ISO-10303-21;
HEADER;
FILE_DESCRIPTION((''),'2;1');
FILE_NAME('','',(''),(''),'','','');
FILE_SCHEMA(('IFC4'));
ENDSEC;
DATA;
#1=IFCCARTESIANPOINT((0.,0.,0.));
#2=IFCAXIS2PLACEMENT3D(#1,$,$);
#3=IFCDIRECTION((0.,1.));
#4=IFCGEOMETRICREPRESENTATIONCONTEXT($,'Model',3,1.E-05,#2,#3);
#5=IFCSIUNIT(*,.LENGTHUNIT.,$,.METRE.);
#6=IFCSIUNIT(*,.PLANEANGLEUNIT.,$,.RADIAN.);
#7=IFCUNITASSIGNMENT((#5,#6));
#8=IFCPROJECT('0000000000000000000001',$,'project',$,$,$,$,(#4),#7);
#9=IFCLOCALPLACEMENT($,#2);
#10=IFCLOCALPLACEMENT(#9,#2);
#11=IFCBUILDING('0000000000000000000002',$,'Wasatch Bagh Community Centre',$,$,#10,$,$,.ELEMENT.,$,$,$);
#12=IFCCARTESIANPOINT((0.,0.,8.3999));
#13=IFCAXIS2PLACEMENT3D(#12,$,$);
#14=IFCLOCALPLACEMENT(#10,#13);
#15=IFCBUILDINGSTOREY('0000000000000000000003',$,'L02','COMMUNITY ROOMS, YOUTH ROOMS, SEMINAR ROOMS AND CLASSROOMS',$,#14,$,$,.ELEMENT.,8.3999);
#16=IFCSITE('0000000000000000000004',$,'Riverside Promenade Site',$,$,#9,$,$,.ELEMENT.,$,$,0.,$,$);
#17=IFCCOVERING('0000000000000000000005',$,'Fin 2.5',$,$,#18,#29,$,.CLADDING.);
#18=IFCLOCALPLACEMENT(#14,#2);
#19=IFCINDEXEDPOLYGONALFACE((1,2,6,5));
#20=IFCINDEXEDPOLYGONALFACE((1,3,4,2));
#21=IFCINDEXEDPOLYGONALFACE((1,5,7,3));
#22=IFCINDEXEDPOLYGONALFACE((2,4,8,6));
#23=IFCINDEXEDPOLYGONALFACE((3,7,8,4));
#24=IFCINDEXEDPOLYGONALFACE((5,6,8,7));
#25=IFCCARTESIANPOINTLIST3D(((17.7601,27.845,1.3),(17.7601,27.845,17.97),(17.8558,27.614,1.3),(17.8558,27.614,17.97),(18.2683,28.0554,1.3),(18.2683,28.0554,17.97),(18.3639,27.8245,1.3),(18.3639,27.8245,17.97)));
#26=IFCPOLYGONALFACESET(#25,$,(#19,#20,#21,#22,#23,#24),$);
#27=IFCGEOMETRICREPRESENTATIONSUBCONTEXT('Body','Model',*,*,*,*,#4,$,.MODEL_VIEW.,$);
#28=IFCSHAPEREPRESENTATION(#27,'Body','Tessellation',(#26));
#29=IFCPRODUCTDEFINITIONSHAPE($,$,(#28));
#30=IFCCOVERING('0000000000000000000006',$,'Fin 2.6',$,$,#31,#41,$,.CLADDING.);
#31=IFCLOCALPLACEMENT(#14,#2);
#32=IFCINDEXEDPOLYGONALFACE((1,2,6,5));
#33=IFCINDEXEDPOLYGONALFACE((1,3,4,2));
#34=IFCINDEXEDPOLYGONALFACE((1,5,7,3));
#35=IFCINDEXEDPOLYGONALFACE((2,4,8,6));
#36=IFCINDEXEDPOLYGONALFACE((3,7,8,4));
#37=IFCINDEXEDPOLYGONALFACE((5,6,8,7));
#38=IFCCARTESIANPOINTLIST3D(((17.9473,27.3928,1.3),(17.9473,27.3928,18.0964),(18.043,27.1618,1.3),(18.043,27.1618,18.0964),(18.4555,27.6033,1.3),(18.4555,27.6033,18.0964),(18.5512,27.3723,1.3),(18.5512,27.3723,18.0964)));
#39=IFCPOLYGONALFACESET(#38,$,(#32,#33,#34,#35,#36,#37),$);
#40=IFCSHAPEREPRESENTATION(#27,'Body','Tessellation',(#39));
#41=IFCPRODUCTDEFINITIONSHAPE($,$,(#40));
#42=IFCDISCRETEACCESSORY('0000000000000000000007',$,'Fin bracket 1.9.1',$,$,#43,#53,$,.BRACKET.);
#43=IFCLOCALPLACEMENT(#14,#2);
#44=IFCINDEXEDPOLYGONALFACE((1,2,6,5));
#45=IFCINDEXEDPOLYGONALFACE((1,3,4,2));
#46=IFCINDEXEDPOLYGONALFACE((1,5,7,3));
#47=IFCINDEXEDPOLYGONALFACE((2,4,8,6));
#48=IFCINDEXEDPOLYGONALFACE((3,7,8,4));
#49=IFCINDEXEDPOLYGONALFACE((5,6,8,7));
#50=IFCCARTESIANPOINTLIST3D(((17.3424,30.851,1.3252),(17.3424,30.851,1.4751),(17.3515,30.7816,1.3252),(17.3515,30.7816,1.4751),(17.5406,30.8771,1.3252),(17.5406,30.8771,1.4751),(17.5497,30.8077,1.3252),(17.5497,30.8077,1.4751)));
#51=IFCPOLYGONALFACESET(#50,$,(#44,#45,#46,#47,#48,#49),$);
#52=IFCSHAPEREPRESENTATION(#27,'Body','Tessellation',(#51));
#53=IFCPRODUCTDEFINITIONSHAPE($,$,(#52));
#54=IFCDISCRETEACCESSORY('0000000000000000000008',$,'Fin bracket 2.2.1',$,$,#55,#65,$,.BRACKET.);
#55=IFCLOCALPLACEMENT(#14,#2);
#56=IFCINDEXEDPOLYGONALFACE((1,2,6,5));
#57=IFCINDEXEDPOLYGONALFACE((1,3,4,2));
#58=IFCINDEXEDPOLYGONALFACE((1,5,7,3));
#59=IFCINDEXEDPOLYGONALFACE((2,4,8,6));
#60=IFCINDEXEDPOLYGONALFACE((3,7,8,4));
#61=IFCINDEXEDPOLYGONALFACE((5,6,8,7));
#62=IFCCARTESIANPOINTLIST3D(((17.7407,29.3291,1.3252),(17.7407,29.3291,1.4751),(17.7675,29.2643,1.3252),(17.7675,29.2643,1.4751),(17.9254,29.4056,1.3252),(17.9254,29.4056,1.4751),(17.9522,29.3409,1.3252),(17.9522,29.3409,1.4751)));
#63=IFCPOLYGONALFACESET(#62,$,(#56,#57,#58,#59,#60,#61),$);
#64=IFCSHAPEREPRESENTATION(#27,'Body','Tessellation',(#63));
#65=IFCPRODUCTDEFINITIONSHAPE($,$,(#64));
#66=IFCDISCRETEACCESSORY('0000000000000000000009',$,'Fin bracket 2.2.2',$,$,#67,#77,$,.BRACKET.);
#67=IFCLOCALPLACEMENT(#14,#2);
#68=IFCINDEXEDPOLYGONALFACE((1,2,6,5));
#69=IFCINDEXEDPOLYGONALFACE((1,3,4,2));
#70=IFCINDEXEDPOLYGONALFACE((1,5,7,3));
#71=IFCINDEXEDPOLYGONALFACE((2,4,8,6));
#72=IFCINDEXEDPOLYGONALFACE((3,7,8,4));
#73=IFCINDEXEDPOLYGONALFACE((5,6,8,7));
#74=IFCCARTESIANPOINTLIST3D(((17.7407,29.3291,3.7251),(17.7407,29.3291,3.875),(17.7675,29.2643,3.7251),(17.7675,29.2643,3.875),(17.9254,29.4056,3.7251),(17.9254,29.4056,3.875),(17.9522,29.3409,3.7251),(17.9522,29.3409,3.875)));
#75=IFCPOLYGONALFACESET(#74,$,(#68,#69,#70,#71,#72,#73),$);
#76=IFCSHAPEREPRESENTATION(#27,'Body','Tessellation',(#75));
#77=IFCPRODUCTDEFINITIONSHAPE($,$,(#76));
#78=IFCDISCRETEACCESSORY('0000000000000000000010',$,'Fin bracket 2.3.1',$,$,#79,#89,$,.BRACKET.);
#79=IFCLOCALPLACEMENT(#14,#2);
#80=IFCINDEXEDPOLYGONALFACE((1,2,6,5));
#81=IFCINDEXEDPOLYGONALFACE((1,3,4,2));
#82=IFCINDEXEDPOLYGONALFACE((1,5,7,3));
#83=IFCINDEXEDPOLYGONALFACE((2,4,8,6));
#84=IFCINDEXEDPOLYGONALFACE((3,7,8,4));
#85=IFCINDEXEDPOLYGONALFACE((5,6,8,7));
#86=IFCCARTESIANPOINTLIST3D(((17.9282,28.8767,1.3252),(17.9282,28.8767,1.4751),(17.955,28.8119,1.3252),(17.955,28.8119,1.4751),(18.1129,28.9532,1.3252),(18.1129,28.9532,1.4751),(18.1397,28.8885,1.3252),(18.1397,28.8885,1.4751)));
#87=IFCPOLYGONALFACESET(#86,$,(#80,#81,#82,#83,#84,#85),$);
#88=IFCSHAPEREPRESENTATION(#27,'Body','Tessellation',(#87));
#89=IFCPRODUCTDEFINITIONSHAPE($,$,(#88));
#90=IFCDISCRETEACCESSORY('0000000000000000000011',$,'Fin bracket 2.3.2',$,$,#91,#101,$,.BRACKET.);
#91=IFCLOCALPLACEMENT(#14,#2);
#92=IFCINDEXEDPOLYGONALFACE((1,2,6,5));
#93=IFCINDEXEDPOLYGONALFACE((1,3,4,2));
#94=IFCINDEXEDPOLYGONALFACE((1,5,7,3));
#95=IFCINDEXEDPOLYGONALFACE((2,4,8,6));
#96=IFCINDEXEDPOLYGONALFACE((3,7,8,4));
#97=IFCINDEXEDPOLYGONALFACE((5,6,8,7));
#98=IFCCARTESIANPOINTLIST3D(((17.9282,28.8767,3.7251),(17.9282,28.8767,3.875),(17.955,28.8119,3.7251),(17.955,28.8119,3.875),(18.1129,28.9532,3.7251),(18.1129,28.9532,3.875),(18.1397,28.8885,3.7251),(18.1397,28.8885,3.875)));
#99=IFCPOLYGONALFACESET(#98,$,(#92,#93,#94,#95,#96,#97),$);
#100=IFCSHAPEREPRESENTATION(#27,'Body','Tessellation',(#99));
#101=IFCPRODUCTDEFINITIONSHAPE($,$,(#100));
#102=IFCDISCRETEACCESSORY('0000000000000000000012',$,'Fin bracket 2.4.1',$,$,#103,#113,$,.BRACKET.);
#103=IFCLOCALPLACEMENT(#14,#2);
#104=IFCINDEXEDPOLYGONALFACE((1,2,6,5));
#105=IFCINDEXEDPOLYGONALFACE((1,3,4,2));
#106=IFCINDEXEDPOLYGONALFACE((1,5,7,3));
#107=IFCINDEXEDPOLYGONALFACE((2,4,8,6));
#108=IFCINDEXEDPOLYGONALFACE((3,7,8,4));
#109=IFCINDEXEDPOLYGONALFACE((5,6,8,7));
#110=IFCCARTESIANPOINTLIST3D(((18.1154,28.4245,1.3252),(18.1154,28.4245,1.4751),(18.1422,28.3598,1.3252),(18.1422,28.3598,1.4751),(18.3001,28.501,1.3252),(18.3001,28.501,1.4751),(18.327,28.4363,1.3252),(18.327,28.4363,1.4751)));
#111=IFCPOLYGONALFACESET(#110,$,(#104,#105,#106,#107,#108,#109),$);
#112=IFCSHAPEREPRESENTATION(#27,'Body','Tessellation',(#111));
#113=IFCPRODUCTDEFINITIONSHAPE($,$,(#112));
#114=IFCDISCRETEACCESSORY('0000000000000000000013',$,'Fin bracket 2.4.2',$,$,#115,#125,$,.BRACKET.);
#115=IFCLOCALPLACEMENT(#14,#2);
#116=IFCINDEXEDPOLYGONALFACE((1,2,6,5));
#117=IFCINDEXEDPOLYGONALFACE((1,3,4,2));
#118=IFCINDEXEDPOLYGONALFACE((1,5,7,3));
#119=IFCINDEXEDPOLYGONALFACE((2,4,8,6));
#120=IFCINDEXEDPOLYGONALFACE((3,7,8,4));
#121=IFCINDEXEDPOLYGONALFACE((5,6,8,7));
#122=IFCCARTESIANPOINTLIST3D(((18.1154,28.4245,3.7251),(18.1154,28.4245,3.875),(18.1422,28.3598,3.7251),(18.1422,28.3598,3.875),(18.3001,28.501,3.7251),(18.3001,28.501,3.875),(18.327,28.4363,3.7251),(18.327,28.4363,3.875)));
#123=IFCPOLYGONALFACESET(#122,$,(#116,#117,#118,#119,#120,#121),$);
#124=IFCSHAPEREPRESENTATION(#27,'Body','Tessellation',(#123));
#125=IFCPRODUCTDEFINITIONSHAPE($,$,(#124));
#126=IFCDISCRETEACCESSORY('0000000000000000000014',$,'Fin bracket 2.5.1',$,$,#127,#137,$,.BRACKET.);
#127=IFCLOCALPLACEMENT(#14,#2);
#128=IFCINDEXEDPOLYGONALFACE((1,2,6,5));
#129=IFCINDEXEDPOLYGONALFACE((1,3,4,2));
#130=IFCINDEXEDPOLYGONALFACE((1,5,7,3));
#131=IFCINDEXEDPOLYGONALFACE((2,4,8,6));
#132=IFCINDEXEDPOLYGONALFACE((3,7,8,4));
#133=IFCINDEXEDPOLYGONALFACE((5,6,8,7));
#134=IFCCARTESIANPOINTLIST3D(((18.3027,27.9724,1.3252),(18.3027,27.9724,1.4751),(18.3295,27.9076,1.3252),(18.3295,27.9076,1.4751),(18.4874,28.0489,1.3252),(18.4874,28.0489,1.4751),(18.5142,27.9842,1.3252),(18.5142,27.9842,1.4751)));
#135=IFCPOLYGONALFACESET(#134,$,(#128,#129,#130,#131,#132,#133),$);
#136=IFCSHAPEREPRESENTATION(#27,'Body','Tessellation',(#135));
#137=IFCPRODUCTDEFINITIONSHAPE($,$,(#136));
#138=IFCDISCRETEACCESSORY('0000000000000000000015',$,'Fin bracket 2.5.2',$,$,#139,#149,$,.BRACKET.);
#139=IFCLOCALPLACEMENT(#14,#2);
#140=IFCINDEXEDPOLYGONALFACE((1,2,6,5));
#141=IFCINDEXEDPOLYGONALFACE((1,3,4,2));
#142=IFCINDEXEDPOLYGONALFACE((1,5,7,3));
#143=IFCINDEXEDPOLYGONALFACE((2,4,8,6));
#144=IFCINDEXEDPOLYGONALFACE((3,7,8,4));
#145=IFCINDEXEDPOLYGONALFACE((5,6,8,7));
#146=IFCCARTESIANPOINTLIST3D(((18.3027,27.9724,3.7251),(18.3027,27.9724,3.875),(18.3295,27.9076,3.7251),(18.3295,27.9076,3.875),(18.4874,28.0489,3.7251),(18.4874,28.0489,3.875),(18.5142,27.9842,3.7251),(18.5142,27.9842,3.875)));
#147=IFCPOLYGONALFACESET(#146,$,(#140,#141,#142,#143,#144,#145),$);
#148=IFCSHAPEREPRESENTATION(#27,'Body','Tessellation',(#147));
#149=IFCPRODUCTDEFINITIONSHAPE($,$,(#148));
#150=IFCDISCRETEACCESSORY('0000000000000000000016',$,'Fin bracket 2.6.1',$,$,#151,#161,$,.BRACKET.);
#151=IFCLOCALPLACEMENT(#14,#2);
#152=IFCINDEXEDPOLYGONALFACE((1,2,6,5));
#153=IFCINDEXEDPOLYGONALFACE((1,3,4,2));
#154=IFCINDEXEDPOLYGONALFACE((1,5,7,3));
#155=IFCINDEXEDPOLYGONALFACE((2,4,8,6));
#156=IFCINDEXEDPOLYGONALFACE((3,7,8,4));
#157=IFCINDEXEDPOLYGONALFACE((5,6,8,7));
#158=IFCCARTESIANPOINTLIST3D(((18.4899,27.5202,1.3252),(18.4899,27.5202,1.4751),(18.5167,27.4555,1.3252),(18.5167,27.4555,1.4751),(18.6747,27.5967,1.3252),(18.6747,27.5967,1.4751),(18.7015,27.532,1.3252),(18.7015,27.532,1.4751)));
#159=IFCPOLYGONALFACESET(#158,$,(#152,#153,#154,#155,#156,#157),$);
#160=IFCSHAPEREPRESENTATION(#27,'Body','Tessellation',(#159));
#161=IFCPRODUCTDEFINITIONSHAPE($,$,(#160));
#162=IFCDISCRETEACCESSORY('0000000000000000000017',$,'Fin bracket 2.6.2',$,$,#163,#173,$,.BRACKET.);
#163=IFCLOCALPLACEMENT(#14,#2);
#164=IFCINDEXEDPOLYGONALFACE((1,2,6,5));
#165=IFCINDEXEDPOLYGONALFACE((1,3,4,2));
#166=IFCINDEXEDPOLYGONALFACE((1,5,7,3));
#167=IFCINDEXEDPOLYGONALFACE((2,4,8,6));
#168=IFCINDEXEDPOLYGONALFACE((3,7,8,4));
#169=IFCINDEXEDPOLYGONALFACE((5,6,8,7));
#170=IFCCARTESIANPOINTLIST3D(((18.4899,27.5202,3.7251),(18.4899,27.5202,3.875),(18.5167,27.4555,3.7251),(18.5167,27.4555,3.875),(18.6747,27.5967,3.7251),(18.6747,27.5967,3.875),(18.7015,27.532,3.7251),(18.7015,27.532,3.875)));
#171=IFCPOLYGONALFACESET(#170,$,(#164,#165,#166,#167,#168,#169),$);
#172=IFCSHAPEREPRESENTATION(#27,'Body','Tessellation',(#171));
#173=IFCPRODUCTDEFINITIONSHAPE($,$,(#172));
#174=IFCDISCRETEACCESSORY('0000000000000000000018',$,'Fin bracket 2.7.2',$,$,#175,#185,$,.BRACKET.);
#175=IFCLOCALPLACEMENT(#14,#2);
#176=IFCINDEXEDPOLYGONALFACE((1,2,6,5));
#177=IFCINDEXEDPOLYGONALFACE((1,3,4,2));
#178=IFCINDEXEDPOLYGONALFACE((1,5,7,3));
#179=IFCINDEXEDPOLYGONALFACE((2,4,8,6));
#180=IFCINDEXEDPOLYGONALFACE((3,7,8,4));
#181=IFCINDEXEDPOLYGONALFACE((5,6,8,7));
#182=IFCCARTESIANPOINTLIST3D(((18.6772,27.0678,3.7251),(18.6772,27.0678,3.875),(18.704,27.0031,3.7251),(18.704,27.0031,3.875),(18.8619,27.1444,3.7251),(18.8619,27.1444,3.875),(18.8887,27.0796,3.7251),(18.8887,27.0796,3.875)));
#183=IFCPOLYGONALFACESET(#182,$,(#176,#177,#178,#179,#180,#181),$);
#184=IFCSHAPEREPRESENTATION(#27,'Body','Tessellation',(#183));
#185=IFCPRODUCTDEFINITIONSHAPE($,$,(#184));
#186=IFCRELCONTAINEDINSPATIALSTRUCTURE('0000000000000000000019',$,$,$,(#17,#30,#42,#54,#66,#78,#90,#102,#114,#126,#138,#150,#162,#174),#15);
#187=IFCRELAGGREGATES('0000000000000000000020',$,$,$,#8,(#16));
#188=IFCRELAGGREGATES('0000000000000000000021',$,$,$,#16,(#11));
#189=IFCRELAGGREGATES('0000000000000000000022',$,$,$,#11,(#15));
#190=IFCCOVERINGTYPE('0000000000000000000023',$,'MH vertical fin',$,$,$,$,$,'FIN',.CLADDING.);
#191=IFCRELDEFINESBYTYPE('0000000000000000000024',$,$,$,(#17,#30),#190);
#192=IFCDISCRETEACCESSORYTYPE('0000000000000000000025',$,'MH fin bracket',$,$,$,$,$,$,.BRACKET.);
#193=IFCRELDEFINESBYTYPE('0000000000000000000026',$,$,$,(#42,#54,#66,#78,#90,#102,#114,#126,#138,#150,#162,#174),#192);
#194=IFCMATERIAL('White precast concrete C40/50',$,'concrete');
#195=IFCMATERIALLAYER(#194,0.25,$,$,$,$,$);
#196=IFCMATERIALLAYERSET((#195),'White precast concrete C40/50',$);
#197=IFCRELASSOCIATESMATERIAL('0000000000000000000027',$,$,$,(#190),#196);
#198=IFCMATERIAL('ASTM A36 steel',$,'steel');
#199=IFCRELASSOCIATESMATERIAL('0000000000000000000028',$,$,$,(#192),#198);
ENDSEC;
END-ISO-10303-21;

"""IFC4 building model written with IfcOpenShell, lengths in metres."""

from ifc_helpers import new_model, si_unit, direction, frame, origin, origin_2d, place, context, subcontext, project, spatial, rectangle, extrude, material, layer, layer_set, type_object, element, save


model = new_model("IFC4")

# Units and contexts
model_context = context("Model", 3, precision=1e-05, world=origin(), true_north=direction((0.0, 1.0)))
body_context = subcontext(model_context, "Body", "Model", "MODEL_VIEW")
ifc_project = project(units=[si_unit("LENGTHUNIT", "METRE"), si_unit("PLANEANGLEUNIT", "RADIAN")], contexts=[model_context])

# Site, building, storey
site_placement = place(None, origin())
site = spatial("IfcSite", under=ifc_project, at=site_placement, Name="Riverside Promenade Site", CompositionType="ELEMENT", RefElevation=0.0)
building_placement = place(site_placement, origin())
building = spatial("IfcBuilding", under=site, at=building_placement, Name="Wasatch Bagh Community Centre", CompositionType="ELEMENT")
storey_placement = place(building_placement, frame((0.0, 0.0, 8.3999)))
storey = spatial("IfcBuildingStorey", under=building, at=storey_placement, Name="L02", Description="COMMUNITY ROOMS, YOUTH ROOMS, SEMINAR ROOMS AND CLASSROOMS", CompositionType="ELEMENT", Elevation=8.3999)

# Coverings
ifc_material_1 = material(Name="White precast concrete C40/50", Category="concrete")
ifc_layer_1 = layer(ifc_material_1, 0.25)
ifc_layer_set_1 = layer_set([ifc_layer_1], Name="White precast concrete C40/50")
covering_type_1 = type_object("IfcCoveringType", Name="MH vertical fin", ElementType="FIN", PredefinedType="CLADDING", material=ifc_layer_set_1)
covering_1_placement = place(storey_placement, frame((18.062, 27.8347, 1.3), z_axis=(0.0, 0.0, 1.0), x_axis=(0.382683, -0.92388, 0.0)))
element("IfcCovering", 1, at=covering_1_placement, inside=storey, type_object=covering_type_1, Name="Fin 2.5", PredefinedType="CLADDING", context=body_context, shape_type="SweptSolid", body=[
    extrude(rectangle(XDim=0.25, YDim=0.55, at=origin_2d()), origin(), (0.0, 0.0, 1.0), 16.6699),
])
covering_2_placement = place(storey_placement, frame((18.2493, 27.3826, 1.3), z_axis=(0.0, 0.0, 1.0), x_axis=(0.382683, -0.92388, 0.0)))
element("IfcCovering", 2, at=covering_2_placement, inside=storey, type_object=covering_type_1, Name="Fin 2.6", PredefinedType="CLADDING", context=body_context, shape_type="SweptSolid", body=[
    extrude(rectangle(XDim=0.25, YDim=0.55, at=origin_2d()), origin(), (0.0, 0.0, 1.0), 16.7964),
])

# Discrete accessories
ifc_material_2 = material(Name="ASTM A36 steel", Category="steel")
discrete_accessory_type = type_object("IfcDiscreteAccessoryType", Name="MH fin bracket", PredefinedType="BRACKET", material=ifc_material_2)
for number, where, z_axis, x_axis, name in (
    (3, (17.446, 30.8293, 1.3252), (0.0, 0.0, 1.0), (0.130526, -0.991445, 0.0), "Fin bracket 1.9.1"),
    (4, (17.8464, 29.335, 1.3252), (0.0, 0.0, 1.0), (0.382683, -0.92388, 0.0), "Fin bracket 2.2.1"),
    (5, (17.8464, 29.335, 3.7251), (0.0, 0.0, 1.0), (0.382683, -0.92388, 0.0), "Fin bracket 2.2.2"),
    (6, (18.0339, 28.8826, 1.3252), (0.0, 0.0, 1.0), (0.382683, -0.92388, 0.0), "Fin bracket 2.3.1"),
    (7, (18.0339, 28.8826, 3.7251), (0.0, 0.0, 1.0), (0.382683, -0.92388, 0.0), "Fin bracket 2.3.2"),
    (8, (18.2212, 28.4304, 1.3252), (0.0, 0.0, 1.0), (0.382683, -0.92388, 0.0), "Fin bracket 2.4.1"),
    (9, (18.2212, 28.4304, 3.7251), (0.0, 0.0, 1.0), (0.382683, -0.92388, 0.0), "Fin bracket 2.4.2"),
    (10, (18.4084, 27.9783, 1.3252), (0.0, 0.0, 1.0), (0.382683, -0.92388, 0.0), "Fin bracket 2.5.1"),
    (11, (18.4084, 27.9783, 3.7251), (0.0, 0.0, 1.0), (0.382683, -0.92388, 0.0), "Fin bracket 2.5.2"),
    (12, (18.5957, 27.5261, 1.3252), (0.0, 0.0, 1.0), (0.382683, -0.92388, 0.0), "Fin bracket 2.6.1"),
    (13, (18.5957, 27.5261, 3.7251), (0.0, 0.0, 1.0), (0.382683, -0.92388, 0.0), "Fin bracket 2.6.2"),
    (14, (18.783, 27.0737, 3.7251), (0.0, 0.0, 1.0), (0.382683, -0.92388, 0.0), "Fin bracket 2.7.2"),
):
    element("IfcDiscreteAccessory", number, at=place(storey_placement, frame(where, z_axis=z_axis, x_axis=x_axis)), inside=storey, type_object=discrete_accessory_type, Name=name, PredefinedType="BRACKET", context=body_context, shape_type="SweptSolid", body=[
        extrude(rectangle(XDim=0.0701, YDim=0.2, at=origin_2d()), origin(), (0.0, 0.0, 1.0), 0.1499),
    ])

save(model, "model.ifc")
